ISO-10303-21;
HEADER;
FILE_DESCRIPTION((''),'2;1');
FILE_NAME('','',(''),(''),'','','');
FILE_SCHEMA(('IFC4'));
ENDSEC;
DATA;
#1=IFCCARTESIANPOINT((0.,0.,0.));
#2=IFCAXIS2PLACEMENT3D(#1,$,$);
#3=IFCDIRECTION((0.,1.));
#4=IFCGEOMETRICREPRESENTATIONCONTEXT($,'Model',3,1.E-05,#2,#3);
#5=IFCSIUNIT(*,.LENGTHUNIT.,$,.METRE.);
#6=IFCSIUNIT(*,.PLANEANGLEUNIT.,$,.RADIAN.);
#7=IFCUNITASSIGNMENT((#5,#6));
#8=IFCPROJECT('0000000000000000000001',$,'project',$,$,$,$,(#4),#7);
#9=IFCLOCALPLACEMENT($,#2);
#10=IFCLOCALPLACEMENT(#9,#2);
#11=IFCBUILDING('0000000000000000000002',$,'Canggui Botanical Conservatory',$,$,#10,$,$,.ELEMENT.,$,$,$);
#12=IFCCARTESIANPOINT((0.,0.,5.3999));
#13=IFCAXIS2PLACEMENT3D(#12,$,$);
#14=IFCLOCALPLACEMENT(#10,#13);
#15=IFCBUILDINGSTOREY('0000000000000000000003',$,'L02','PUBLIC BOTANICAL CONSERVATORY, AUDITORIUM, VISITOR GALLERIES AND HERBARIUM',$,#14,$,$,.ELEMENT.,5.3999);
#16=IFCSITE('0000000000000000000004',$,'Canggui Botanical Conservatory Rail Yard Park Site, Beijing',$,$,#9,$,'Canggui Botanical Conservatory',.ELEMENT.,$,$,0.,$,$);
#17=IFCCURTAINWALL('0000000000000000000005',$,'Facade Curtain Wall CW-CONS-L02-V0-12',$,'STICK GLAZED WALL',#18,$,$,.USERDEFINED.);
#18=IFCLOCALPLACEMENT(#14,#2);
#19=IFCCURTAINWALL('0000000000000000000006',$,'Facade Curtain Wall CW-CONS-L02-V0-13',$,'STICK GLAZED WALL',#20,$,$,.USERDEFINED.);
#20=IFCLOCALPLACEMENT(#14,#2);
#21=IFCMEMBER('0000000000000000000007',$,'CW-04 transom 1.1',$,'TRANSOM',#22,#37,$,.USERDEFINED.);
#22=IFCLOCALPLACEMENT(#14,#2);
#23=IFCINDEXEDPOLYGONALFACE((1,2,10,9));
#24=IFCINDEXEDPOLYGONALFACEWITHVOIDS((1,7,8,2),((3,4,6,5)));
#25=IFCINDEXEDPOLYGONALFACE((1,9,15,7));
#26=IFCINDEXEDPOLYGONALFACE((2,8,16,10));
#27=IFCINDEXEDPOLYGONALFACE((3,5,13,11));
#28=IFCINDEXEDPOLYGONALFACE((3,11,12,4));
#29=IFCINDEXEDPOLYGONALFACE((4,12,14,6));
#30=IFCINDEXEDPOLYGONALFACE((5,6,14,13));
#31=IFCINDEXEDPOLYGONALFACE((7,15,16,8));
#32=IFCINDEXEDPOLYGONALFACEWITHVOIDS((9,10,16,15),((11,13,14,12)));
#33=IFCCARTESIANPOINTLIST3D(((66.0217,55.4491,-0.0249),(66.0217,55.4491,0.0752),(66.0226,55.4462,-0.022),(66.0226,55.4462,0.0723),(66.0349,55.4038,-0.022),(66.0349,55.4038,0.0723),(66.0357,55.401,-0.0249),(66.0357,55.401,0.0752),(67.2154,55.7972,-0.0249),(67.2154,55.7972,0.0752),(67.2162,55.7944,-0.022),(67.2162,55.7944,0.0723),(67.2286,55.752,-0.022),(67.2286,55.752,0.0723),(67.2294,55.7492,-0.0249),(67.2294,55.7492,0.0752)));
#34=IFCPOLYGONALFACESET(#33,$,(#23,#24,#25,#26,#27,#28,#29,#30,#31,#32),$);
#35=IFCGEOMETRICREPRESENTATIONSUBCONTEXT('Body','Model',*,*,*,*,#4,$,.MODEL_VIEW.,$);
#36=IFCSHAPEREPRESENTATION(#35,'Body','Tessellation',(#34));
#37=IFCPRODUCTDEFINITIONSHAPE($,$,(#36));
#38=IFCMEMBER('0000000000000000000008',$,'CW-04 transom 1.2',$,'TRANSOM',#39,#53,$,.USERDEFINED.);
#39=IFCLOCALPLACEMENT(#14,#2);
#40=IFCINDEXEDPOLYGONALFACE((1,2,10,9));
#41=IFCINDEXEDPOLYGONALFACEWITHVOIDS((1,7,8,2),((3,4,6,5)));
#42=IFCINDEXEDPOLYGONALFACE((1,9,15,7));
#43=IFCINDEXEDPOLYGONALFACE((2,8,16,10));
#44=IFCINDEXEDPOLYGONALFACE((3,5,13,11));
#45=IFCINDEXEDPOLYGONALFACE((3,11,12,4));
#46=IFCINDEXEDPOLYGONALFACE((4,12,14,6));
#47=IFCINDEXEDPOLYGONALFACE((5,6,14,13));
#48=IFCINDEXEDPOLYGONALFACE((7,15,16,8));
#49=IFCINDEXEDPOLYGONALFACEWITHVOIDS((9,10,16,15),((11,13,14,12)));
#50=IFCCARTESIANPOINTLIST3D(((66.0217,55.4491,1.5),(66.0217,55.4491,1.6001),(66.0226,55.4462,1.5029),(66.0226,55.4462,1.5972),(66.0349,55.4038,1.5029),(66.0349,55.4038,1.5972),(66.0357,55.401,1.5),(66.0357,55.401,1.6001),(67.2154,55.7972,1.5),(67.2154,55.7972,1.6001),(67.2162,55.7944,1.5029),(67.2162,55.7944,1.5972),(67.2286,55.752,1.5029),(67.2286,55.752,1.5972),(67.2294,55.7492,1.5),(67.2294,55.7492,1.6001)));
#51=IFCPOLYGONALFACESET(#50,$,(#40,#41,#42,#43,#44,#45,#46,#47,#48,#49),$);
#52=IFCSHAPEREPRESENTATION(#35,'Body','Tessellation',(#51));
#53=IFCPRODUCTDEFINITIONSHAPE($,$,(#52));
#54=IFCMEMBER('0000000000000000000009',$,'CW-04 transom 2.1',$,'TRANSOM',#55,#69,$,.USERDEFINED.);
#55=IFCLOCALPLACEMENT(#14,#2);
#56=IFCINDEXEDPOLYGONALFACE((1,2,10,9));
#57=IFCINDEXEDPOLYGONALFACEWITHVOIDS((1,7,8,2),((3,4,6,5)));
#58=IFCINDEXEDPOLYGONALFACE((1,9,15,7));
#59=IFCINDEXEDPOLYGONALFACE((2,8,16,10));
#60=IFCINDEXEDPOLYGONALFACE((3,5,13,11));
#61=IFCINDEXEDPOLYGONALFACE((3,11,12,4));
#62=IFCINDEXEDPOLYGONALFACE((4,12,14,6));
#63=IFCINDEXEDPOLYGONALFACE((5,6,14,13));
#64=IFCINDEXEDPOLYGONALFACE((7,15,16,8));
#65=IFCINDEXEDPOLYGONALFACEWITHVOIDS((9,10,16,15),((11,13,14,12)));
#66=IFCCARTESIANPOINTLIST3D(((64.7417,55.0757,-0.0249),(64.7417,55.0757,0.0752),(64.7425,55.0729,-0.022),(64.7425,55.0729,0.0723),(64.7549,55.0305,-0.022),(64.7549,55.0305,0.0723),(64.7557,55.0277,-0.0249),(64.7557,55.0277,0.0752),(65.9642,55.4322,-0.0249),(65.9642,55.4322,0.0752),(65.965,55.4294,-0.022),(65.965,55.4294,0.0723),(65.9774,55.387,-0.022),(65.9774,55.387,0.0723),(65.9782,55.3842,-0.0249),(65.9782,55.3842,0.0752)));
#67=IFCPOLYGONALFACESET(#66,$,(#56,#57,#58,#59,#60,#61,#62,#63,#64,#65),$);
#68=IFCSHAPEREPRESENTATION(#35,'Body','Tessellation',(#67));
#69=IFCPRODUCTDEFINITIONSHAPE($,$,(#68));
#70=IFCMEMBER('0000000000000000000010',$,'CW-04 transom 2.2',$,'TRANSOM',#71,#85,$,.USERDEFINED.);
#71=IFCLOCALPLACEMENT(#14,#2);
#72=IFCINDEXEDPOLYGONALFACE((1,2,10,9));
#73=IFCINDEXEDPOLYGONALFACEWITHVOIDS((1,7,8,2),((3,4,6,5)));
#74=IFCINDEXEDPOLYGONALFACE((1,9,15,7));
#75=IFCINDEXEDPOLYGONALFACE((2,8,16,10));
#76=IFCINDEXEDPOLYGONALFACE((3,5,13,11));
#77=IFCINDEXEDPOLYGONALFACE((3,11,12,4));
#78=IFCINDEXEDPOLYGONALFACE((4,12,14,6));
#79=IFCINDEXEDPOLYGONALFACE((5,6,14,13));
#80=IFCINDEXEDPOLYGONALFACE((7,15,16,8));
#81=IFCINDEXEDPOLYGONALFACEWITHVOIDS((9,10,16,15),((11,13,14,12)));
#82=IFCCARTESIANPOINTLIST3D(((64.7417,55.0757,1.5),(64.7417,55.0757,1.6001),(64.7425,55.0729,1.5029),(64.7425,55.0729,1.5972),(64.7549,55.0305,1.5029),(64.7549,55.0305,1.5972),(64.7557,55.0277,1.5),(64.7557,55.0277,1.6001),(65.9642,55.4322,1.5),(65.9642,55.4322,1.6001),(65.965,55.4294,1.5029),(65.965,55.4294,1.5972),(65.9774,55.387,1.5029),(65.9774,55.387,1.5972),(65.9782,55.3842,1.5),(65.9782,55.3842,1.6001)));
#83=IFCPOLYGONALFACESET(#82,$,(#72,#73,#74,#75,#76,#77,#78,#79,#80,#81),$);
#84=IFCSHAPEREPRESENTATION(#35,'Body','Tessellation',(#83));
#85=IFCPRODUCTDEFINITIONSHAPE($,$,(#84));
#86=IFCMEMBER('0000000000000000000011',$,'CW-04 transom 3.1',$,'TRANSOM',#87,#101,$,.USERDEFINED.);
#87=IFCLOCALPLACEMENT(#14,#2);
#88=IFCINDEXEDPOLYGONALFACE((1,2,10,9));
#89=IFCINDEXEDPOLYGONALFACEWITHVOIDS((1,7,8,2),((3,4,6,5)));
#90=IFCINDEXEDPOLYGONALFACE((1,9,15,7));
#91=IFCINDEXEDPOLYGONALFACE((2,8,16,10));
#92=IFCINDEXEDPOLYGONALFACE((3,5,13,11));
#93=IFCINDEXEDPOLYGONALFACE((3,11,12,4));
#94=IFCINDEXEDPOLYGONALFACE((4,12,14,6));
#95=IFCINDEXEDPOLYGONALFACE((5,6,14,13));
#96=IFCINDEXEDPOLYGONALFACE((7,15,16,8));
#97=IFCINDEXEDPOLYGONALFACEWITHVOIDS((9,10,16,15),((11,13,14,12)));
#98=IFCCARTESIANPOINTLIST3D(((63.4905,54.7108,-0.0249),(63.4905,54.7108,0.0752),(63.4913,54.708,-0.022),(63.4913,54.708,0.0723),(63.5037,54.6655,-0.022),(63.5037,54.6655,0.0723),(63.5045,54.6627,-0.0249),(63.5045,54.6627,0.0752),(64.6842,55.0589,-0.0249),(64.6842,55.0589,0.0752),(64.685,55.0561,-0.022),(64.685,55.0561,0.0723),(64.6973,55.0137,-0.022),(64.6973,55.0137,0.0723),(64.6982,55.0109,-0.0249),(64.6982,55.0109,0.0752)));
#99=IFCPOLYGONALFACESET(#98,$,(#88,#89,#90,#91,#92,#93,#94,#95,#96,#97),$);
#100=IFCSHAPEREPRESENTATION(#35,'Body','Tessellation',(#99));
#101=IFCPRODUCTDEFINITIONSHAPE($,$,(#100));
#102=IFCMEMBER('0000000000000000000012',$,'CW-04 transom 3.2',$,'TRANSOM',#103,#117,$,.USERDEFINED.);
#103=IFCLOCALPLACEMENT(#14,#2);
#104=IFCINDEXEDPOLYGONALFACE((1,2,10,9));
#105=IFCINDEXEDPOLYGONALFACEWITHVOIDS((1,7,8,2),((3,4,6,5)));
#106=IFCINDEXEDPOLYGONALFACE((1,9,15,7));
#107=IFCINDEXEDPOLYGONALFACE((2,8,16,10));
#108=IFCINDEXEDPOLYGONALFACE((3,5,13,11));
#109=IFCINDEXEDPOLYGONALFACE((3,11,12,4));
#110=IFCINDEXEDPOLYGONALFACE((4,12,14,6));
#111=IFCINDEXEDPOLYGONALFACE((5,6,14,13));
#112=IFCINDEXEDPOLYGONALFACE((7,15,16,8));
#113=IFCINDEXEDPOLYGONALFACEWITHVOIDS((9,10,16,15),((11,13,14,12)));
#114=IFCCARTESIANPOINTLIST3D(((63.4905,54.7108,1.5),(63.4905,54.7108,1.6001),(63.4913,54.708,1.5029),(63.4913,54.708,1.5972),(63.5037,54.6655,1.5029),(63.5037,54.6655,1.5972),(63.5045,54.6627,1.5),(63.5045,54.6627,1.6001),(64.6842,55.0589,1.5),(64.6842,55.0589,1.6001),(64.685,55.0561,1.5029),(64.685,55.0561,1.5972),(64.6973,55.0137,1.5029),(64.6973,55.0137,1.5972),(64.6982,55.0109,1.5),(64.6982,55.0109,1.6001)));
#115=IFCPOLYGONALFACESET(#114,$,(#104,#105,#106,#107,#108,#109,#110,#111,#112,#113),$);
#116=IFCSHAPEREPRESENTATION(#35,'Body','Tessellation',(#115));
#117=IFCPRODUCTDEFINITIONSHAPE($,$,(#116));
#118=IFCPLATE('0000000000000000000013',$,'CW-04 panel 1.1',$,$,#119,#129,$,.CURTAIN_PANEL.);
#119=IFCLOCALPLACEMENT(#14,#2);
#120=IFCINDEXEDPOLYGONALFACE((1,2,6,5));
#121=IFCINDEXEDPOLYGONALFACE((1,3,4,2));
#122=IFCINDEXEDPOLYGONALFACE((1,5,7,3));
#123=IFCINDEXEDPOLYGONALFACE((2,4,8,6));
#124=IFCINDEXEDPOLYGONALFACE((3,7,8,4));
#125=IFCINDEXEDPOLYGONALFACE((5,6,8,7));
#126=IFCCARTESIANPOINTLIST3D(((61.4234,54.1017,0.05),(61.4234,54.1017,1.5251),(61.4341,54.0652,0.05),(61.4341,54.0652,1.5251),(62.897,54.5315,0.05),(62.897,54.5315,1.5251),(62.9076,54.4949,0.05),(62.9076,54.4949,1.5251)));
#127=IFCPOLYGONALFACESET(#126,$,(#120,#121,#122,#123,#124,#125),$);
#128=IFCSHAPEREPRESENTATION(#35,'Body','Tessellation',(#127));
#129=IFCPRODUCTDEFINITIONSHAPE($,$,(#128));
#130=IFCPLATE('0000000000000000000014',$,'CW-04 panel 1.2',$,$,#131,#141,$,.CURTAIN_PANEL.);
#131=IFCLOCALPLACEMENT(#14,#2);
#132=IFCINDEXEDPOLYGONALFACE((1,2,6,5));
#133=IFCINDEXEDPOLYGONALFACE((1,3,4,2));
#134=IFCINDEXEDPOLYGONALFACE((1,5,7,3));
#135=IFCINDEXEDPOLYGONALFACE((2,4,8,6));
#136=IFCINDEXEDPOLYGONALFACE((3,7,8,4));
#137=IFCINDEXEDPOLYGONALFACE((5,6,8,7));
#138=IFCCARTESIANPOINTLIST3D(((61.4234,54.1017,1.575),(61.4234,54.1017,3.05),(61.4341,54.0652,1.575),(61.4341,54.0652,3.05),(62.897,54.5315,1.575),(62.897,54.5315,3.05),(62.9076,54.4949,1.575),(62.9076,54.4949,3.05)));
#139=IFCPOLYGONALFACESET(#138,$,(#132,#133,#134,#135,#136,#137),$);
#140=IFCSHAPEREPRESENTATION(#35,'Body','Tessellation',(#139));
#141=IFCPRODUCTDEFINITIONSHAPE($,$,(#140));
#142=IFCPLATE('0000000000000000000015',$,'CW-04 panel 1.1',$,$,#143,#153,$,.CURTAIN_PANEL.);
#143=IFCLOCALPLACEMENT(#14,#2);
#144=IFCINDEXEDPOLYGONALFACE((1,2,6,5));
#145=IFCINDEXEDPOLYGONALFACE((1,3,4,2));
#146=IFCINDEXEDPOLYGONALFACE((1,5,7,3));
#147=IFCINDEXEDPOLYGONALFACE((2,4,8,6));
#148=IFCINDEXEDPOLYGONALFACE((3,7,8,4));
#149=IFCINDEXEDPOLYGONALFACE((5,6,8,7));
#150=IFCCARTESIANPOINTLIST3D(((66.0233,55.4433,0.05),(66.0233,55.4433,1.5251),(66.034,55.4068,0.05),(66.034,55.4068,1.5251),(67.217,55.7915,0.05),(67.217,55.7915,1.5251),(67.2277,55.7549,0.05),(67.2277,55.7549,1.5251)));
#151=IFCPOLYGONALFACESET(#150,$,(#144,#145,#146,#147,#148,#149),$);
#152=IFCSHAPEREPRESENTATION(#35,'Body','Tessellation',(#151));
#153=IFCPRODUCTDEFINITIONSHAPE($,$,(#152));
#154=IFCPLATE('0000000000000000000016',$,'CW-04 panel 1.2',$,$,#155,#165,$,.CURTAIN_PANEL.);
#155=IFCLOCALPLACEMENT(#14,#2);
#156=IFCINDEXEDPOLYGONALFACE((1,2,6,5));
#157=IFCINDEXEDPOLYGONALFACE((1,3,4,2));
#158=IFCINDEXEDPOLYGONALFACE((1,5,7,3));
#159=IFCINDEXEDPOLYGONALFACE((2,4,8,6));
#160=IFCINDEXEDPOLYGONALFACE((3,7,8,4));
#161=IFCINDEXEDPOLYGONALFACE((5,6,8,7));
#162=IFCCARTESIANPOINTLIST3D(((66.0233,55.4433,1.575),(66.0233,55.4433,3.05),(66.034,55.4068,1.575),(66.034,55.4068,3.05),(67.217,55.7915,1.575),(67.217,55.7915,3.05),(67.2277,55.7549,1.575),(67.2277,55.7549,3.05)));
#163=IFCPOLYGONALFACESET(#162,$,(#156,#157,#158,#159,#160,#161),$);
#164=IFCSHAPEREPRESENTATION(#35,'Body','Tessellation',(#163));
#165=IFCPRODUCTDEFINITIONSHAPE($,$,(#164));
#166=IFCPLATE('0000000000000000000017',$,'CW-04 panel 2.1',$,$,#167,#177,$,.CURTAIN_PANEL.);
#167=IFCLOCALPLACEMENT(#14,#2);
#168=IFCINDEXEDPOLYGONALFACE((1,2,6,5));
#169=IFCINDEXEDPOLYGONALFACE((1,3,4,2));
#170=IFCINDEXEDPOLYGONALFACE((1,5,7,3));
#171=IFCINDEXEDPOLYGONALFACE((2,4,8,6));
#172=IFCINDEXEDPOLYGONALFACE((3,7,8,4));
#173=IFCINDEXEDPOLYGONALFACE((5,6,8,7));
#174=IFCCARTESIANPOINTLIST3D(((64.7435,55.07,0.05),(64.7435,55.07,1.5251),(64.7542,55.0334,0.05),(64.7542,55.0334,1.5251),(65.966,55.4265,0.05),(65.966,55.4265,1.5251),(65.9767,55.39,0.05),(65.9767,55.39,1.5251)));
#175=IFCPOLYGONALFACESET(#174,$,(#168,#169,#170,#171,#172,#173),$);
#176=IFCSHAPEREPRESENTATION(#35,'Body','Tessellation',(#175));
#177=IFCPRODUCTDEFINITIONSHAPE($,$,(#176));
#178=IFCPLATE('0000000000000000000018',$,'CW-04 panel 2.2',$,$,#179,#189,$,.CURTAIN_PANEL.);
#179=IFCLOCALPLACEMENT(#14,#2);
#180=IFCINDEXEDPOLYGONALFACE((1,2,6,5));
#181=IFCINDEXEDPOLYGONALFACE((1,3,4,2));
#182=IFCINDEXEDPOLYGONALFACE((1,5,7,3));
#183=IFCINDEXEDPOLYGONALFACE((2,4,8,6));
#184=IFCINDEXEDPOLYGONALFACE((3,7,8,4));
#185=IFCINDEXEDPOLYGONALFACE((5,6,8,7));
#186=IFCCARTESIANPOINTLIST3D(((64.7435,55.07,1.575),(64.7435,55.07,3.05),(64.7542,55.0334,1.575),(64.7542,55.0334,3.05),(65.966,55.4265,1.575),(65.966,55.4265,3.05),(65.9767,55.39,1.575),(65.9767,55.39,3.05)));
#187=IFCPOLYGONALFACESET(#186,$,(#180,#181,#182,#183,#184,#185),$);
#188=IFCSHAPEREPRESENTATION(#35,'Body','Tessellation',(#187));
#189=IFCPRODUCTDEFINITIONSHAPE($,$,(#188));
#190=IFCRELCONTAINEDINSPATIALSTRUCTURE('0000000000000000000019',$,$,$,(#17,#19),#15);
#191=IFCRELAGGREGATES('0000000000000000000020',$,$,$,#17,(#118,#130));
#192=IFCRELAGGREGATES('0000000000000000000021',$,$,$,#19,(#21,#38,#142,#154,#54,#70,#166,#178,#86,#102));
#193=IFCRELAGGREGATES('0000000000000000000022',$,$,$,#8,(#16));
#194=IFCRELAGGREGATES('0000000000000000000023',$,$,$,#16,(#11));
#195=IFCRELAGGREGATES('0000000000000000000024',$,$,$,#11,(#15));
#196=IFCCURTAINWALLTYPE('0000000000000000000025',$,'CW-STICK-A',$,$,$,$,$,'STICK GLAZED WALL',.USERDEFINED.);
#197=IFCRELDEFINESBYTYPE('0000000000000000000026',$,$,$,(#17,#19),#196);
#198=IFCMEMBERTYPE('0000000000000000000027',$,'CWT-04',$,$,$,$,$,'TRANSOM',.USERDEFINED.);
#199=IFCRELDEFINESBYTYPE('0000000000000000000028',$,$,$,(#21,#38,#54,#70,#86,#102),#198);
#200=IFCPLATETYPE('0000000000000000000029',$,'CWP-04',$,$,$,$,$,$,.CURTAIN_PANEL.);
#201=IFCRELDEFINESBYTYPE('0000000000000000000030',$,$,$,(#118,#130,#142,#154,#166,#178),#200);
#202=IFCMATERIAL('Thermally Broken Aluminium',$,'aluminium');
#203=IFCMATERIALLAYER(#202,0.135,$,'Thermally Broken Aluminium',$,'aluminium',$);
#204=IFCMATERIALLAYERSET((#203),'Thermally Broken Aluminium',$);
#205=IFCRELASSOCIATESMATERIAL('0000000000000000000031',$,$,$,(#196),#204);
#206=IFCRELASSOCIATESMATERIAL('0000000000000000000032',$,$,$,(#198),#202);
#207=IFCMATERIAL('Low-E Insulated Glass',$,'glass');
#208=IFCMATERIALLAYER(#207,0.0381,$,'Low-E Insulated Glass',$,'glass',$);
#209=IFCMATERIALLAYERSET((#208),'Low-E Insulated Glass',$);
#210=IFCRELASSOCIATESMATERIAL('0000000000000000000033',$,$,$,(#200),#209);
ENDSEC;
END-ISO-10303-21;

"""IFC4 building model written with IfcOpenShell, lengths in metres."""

from ifc_helpers import new_model, si_unit, direction, frame, origin, origin_2d, place, context, subcontext, project, spatial, rectangle, hollow_rectangle, extrude, material, layer, layer_set, material_profile, profile_set, type_object, element, aggregate, save


model = new_model("IFC4")

# Units and contexts
model_context = context("Model", 3, precision=1e-05, world=origin(), true_north=direction((0.0, 1.0)))
body_context = subcontext(model_context, "Body", "Model", "MODEL_VIEW")
ifc_project = project(units=[si_unit("LENGTHUNIT", "METRE"), si_unit("PLANEANGLEUNIT", "RADIAN")], contexts=[model_context])

# Site, building, storey
site_placement = place(None, origin())
site = spatial("IfcSite", under=ifc_project, at=site_placement, Name="Canggui Botanical Conservatory Rail Yard Park Site, Beijing", LongName="Canggui Botanical Conservatory", CompositionType="ELEMENT", RefElevation=0.0)
building_placement = place(site_placement, origin())
building = spatial("IfcBuilding", under=site, at=building_placement, Name="Canggui Botanical Conservatory", CompositionType="ELEMENT")
storey_placement = place(building_placement, frame((0.0, 0.0, 5.3999)))
storey = spatial("IfcBuildingStorey", under=building, at=storey_placement, Name="L02", Description="PUBLIC BOTANICAL CONSERVATORY, AUDITORIUM, VISITOR GALLERIES AND HERBARIUM", CompositionType="ELEMENT", Elevation=5.3999)

# Curtain wall
ifc_material_1 = material(Name="Thermally Broken Aluminium", Category="aluminium")
ifc_layer_1 = layer(ifc_material_1, 0.135, Name="Thermally Broken Aluminium", Category="aluminium")
ifc_layer_set_1 = layer_set([ifc_layer_1], Name="Thermally Broken Aluminium")
curtain_wall_type = type_object("IfcCurtainWallType", Name="CW-STICK-A", ElementType="STICK GLAZED WALL", PredefinedType="USERDEFINED", material=ifc_layer_set_1)
curtain_wall_1_placement = place(storey_placement, origin())
curtain_wall_1 = element("IfcCurtainWall", 1, at=curtain_wall_1_placement, inside=storey, type_object=curtain_wall_type, Name="Facade Curtain Wall CW-CONS-L02-V0-12", ObjectType="STICK GLAZED WALL", PredefinedType="USERDEFINED")

# Curtain wall
curtain_wall_2_placement = place(storey_placement, origin())
curtain_wall_2 = element("IfcCurtainWall", 2, at=curtain_wall_2_placement, inside=storey, type_object=curtain_wall_type, Name="Facade Curtain Wall CW-CONS-L02-V0-13", ObjectType="STICK GLAZED WALL", PredefinedType="USERDEFINED")

# Members
ifc_material_profile_1 = material_profile(ifc_material_1, hollow_rectangle(XDim=0.05, YDim=0.1001, WallThickness=0.0029, at=origin_2d()), Name="CWT 50x100x3")
ifc_profile_set_1 = profile_set([ifc_material_profile_1], Name="Thermally Broken Aluminium")
member_type_1 = type_object("IfcMemberType", Name="CWT-04", ElementType="TRANSOM", PredefinedType="USERDEFINED", material=ifc_profile_set_1)
member_1_placement = place(storey_placement, frame((67.2224, 55.7732, 0.0251), z_axis=(-0.959998, -0.280008, 0.0), x_axis=(0.280008, -0.959998, 0.0)))
member_1 = element("IfcMember", 3, at=member_1_placement, type_object=member_type_1, Name="CW-04 transom 1.1", ObjectType="TRANSOM", PredefinedType="USERDEFINED", context=body_context, shape_type="SweptSolid", body=[
    extrude(hollow_rectangle(XDim=0.05, YDim=0.1001, WallThickness=0.0029, at=origin_2d()), origin(), (0.0, 0.0, 1.0), 1.2434),
])
member_2_placement = place(storey_placement, frame((67.2224, 55.7732, 1.55), z_axis=(-0.959998, -0.280008, 0.0), x_axis=(0.280008, -0.959998, 0.0)))
member_2 = element("IfcMember", 4, at=member_2_placement, type_object=member_type_1, Name="CW-04 transom 1.2", ObjectType="TRANSOM", PredefinedType="USERDEFINED", context=body_context, shape_type="SweptSolid", body=[
    extrude(hollow_rectangle(XDim=0.05, YDim=0.1001, WallThickness=0.0029, at=origin_2d()), origin(), (0.0, 0.0, 1.0), 1.2434),
])
member_3_placement = place(storey_placement, frame((65.9712, 55.4082, 0.0251), z_axis=(-0.960019, -0.279934, 0.0), x_axis=(0.279934, -0.960019, 0.0)))
member_3 = element("IfcMember", 5, at=member_3_placement, type_object=member_type_1, Name="CW-04 transom 2.1", ObjectType="TRANSOM", PredefinedType="USERDEFINED", context=body_context, shape_type="SweptSolid", body=[
    extrude(hollow_rectangle(XDim=0.05, YDim=0.1001, WallThickness=0.0029, at=origin_2d()), origin(), (0.0, 0.0, 1.0), 1.2734),
])
member_4_placement = place(storey_placement, frame((65.9712, 55.4082, 1.55), z_axis=(-0.960019, -0.279934, 0.0), x_axis=(0.279934, -0.960019, 0.0)))
member_4 = element("IfcMember", 6, at=member_4_placement, type_object=member_type_1, Name="CW-04 transom 2.2", ObjectType="TRANSOM", PredefinedType="USERDEFINED", context=body_context, shape_type="SweptSolid", body=[
    extrude(hollow_rectangle(XDim=0.05, YDim=0.1001, WallThickness=0.0029, at=origin_2d()), origin(), (0.0, 0.0, 1.0), 1.2734),
])
member_5_placement = place(storey_placement, frame((64.6912, 55.0349, 0.0251), z_axis=(-0.959998, -0.280008, 0.0), x_axis=(0.280008, -0.959998, 0.0)))
member_5 = element("IfcMember", 7, at=member_5_placement, type_object=member_type_1, Name="CW-04 transom 3.1", ObjectType="TRANSOM", PredefinedType="USERDEFINED", context=body_context, shape_type="SweptSolid", body=[
    extrude(hollow_rectangle(XDim=0.05, YDim=0.1001, WallThickness=0.0029, at=origin_2d()), origin(), (0.0, 0.0, 1.0), 1.2434),
])
member_6_placement = place(storey_placement, frame((64.6912, 55.0349, 1.55), z_axis=(-0.959998, -0.280008, 0.0), x_axis=(0.280008, -0.959998, 0.0)))
member_6 = element("IfcMember", 8, at=member_6_placement, type_object=member_type_1, Name="CW-04 transom 3.2", ObjectType="TRANSOM", PredefinedType="USERDEFINED", context=body_context, shape_type="SweptSolid", body=[
    extrude(hollow_rectangle(XDim=0.05, YDim=0.1001, WallThickness=0.0029, at=origin_2d()), origin(), (0.0, 0.0, 1.0), 1.2434),
])

# Plates
ifc_material_2 = material(Name="Low-E Insulated Glass", Category="glass")
ifc_layer_2 = layer(ifc_material_2, 0.0381, Name="Low-E Insulated Glass", Category="glass")
ifc_layer_set_2 = layer_set([ifc_layer_2], Name="Low-E Insulated Glass")
plate_type = type_object("IfcPlateType", Name="CWP-04", PredefinedType="CURTAIN_PANEL", material=ifc_layer_set_2)
plate_1_placement = place(storey_placement, frame((62.1655, 54.2983, 0.05), z_axis=(0.0, 0.0, 1.0), x_axis=(-0.96, -0.28, 0.0)))
plate_1 = element("IfcPlate", 9, at=plate_1_placement, type_object=plate_type, Name="CW-04 panel 1.1", PredefinedType="CURTAIN_PANEL", context=body_context, shape_type="SweptSolid", body=[
    extrude(rectangle(XDim=1.5349, YDim=0.0381, at=origin_2d()), origin(), (0.0, 0.0, 1.0), 1.4751),
])
plate_2_placement = place(storey_placement, frame((62.1655, 54.2983, 1.575), z_axis=(0.0, 0.0, 1.0), x_axis=(-0.96, -0.28, 0.0)))
plate_2 = element("IfcPlate", 10, at=plate_2_placement, type_object=plate_type, Name="CW-04 panel 1.2", PredefinedType="CURTAIN_PANEL", context=body_context, shape_type="SweptSolid", body=[
    extrude(rectangle(XDim=1.5349, YDim=0.0381, at=origin_2d()), origin(), (0.0, 0.0, 1.0), 1.4751),
])
aggregate(curtain_wall_1, [plate_1, plate_2])
plate_3_placement = place(storey_placement, frame((66.6255, 55.5991, 0.05), z_axis=(0.0, 0.0, 1.0), x_axis=(-0.96, -0.28, 0.0)))
plate_3 = element("IfcPlate", 11, at=plate_3_placement, type_object=plate_type, Name="CW-04 panel 1.1", PredefinedType="CURTAIN_PANEL", context=body_context, shape_type="SweptSolid", body=[
    extrude(rectangle(XDim=1.2434, YDim=0.0381, at=origin_2d()), origin(), (0.0, 0.0, 1.0), 1.4751),
])
plate_4_placement = place(storey_placement, frame((66.6255, 55.5991, 1.575), z_axis=(0.0, 0.0, 1.0), x_axis=(-0.96, -0.28, 0.0)))
plate_4 = element("IfcPlate", 12, at=plate_4_placement, type_object=plate_type, Name="CW-04 panel 1.2", PredefinedType="CURTAIN_PANEL", context=body_context, shape_type="SweptSolid", body=[
    extrude(rectangle(XDim=1.2434, YDim=0.0381, at=origin_2d()), origin(), (0.0, 0.0, 1.0), 1.4751),
])
plate_5_placement = place(storey_placement, frame((65.3601, 55.23, 0.05), z_axis=(0.0, 0.0, 1.0), x_axis=(-0.96, -0.28, 0.0)))
plate_5 = element("IfcPlate", 13, at=plate_5_placement, type_object=plate_type, Name="CW-04 panel 2.1", PredefinedType="CURTAIN_PANEL", context=body_context, shape_type="SweptSolid", body=[
    extrude(rectangle(XDim=1.2734, YDim=0.0381, at=origin_2d()), origin(), (0.0, 0.0, 1.0), 1.4751),
])
plate_6_placement = place(storey_placement, frame((65.3601, 55.23, 1.575), z_axis=(0.0, 0.0, 1.0), x_axis=(-0.96, -0.28, 0.0)))
plate_6 = element("IfcPlate", 14, at=plate_6_placement, type_object=plate_type, Name="CW-04 panel 2.2", PredefinedType="CURTAIN_PANEL", context=body_context, shape_type="SweptSolid", body=[
    extrude(rectangle(XDim=1.2734, YDim=0.0381, at=origin_2d()), origin(), (0.0, 0.0, 1.0), 1.4751),
])
aggregate(curtain_wall_2, [member_1, member_2, plate_3, plate_4, member_3, member_4, plate_5, plate_6, member_5, member_6])

save(model, "model.ifc")
